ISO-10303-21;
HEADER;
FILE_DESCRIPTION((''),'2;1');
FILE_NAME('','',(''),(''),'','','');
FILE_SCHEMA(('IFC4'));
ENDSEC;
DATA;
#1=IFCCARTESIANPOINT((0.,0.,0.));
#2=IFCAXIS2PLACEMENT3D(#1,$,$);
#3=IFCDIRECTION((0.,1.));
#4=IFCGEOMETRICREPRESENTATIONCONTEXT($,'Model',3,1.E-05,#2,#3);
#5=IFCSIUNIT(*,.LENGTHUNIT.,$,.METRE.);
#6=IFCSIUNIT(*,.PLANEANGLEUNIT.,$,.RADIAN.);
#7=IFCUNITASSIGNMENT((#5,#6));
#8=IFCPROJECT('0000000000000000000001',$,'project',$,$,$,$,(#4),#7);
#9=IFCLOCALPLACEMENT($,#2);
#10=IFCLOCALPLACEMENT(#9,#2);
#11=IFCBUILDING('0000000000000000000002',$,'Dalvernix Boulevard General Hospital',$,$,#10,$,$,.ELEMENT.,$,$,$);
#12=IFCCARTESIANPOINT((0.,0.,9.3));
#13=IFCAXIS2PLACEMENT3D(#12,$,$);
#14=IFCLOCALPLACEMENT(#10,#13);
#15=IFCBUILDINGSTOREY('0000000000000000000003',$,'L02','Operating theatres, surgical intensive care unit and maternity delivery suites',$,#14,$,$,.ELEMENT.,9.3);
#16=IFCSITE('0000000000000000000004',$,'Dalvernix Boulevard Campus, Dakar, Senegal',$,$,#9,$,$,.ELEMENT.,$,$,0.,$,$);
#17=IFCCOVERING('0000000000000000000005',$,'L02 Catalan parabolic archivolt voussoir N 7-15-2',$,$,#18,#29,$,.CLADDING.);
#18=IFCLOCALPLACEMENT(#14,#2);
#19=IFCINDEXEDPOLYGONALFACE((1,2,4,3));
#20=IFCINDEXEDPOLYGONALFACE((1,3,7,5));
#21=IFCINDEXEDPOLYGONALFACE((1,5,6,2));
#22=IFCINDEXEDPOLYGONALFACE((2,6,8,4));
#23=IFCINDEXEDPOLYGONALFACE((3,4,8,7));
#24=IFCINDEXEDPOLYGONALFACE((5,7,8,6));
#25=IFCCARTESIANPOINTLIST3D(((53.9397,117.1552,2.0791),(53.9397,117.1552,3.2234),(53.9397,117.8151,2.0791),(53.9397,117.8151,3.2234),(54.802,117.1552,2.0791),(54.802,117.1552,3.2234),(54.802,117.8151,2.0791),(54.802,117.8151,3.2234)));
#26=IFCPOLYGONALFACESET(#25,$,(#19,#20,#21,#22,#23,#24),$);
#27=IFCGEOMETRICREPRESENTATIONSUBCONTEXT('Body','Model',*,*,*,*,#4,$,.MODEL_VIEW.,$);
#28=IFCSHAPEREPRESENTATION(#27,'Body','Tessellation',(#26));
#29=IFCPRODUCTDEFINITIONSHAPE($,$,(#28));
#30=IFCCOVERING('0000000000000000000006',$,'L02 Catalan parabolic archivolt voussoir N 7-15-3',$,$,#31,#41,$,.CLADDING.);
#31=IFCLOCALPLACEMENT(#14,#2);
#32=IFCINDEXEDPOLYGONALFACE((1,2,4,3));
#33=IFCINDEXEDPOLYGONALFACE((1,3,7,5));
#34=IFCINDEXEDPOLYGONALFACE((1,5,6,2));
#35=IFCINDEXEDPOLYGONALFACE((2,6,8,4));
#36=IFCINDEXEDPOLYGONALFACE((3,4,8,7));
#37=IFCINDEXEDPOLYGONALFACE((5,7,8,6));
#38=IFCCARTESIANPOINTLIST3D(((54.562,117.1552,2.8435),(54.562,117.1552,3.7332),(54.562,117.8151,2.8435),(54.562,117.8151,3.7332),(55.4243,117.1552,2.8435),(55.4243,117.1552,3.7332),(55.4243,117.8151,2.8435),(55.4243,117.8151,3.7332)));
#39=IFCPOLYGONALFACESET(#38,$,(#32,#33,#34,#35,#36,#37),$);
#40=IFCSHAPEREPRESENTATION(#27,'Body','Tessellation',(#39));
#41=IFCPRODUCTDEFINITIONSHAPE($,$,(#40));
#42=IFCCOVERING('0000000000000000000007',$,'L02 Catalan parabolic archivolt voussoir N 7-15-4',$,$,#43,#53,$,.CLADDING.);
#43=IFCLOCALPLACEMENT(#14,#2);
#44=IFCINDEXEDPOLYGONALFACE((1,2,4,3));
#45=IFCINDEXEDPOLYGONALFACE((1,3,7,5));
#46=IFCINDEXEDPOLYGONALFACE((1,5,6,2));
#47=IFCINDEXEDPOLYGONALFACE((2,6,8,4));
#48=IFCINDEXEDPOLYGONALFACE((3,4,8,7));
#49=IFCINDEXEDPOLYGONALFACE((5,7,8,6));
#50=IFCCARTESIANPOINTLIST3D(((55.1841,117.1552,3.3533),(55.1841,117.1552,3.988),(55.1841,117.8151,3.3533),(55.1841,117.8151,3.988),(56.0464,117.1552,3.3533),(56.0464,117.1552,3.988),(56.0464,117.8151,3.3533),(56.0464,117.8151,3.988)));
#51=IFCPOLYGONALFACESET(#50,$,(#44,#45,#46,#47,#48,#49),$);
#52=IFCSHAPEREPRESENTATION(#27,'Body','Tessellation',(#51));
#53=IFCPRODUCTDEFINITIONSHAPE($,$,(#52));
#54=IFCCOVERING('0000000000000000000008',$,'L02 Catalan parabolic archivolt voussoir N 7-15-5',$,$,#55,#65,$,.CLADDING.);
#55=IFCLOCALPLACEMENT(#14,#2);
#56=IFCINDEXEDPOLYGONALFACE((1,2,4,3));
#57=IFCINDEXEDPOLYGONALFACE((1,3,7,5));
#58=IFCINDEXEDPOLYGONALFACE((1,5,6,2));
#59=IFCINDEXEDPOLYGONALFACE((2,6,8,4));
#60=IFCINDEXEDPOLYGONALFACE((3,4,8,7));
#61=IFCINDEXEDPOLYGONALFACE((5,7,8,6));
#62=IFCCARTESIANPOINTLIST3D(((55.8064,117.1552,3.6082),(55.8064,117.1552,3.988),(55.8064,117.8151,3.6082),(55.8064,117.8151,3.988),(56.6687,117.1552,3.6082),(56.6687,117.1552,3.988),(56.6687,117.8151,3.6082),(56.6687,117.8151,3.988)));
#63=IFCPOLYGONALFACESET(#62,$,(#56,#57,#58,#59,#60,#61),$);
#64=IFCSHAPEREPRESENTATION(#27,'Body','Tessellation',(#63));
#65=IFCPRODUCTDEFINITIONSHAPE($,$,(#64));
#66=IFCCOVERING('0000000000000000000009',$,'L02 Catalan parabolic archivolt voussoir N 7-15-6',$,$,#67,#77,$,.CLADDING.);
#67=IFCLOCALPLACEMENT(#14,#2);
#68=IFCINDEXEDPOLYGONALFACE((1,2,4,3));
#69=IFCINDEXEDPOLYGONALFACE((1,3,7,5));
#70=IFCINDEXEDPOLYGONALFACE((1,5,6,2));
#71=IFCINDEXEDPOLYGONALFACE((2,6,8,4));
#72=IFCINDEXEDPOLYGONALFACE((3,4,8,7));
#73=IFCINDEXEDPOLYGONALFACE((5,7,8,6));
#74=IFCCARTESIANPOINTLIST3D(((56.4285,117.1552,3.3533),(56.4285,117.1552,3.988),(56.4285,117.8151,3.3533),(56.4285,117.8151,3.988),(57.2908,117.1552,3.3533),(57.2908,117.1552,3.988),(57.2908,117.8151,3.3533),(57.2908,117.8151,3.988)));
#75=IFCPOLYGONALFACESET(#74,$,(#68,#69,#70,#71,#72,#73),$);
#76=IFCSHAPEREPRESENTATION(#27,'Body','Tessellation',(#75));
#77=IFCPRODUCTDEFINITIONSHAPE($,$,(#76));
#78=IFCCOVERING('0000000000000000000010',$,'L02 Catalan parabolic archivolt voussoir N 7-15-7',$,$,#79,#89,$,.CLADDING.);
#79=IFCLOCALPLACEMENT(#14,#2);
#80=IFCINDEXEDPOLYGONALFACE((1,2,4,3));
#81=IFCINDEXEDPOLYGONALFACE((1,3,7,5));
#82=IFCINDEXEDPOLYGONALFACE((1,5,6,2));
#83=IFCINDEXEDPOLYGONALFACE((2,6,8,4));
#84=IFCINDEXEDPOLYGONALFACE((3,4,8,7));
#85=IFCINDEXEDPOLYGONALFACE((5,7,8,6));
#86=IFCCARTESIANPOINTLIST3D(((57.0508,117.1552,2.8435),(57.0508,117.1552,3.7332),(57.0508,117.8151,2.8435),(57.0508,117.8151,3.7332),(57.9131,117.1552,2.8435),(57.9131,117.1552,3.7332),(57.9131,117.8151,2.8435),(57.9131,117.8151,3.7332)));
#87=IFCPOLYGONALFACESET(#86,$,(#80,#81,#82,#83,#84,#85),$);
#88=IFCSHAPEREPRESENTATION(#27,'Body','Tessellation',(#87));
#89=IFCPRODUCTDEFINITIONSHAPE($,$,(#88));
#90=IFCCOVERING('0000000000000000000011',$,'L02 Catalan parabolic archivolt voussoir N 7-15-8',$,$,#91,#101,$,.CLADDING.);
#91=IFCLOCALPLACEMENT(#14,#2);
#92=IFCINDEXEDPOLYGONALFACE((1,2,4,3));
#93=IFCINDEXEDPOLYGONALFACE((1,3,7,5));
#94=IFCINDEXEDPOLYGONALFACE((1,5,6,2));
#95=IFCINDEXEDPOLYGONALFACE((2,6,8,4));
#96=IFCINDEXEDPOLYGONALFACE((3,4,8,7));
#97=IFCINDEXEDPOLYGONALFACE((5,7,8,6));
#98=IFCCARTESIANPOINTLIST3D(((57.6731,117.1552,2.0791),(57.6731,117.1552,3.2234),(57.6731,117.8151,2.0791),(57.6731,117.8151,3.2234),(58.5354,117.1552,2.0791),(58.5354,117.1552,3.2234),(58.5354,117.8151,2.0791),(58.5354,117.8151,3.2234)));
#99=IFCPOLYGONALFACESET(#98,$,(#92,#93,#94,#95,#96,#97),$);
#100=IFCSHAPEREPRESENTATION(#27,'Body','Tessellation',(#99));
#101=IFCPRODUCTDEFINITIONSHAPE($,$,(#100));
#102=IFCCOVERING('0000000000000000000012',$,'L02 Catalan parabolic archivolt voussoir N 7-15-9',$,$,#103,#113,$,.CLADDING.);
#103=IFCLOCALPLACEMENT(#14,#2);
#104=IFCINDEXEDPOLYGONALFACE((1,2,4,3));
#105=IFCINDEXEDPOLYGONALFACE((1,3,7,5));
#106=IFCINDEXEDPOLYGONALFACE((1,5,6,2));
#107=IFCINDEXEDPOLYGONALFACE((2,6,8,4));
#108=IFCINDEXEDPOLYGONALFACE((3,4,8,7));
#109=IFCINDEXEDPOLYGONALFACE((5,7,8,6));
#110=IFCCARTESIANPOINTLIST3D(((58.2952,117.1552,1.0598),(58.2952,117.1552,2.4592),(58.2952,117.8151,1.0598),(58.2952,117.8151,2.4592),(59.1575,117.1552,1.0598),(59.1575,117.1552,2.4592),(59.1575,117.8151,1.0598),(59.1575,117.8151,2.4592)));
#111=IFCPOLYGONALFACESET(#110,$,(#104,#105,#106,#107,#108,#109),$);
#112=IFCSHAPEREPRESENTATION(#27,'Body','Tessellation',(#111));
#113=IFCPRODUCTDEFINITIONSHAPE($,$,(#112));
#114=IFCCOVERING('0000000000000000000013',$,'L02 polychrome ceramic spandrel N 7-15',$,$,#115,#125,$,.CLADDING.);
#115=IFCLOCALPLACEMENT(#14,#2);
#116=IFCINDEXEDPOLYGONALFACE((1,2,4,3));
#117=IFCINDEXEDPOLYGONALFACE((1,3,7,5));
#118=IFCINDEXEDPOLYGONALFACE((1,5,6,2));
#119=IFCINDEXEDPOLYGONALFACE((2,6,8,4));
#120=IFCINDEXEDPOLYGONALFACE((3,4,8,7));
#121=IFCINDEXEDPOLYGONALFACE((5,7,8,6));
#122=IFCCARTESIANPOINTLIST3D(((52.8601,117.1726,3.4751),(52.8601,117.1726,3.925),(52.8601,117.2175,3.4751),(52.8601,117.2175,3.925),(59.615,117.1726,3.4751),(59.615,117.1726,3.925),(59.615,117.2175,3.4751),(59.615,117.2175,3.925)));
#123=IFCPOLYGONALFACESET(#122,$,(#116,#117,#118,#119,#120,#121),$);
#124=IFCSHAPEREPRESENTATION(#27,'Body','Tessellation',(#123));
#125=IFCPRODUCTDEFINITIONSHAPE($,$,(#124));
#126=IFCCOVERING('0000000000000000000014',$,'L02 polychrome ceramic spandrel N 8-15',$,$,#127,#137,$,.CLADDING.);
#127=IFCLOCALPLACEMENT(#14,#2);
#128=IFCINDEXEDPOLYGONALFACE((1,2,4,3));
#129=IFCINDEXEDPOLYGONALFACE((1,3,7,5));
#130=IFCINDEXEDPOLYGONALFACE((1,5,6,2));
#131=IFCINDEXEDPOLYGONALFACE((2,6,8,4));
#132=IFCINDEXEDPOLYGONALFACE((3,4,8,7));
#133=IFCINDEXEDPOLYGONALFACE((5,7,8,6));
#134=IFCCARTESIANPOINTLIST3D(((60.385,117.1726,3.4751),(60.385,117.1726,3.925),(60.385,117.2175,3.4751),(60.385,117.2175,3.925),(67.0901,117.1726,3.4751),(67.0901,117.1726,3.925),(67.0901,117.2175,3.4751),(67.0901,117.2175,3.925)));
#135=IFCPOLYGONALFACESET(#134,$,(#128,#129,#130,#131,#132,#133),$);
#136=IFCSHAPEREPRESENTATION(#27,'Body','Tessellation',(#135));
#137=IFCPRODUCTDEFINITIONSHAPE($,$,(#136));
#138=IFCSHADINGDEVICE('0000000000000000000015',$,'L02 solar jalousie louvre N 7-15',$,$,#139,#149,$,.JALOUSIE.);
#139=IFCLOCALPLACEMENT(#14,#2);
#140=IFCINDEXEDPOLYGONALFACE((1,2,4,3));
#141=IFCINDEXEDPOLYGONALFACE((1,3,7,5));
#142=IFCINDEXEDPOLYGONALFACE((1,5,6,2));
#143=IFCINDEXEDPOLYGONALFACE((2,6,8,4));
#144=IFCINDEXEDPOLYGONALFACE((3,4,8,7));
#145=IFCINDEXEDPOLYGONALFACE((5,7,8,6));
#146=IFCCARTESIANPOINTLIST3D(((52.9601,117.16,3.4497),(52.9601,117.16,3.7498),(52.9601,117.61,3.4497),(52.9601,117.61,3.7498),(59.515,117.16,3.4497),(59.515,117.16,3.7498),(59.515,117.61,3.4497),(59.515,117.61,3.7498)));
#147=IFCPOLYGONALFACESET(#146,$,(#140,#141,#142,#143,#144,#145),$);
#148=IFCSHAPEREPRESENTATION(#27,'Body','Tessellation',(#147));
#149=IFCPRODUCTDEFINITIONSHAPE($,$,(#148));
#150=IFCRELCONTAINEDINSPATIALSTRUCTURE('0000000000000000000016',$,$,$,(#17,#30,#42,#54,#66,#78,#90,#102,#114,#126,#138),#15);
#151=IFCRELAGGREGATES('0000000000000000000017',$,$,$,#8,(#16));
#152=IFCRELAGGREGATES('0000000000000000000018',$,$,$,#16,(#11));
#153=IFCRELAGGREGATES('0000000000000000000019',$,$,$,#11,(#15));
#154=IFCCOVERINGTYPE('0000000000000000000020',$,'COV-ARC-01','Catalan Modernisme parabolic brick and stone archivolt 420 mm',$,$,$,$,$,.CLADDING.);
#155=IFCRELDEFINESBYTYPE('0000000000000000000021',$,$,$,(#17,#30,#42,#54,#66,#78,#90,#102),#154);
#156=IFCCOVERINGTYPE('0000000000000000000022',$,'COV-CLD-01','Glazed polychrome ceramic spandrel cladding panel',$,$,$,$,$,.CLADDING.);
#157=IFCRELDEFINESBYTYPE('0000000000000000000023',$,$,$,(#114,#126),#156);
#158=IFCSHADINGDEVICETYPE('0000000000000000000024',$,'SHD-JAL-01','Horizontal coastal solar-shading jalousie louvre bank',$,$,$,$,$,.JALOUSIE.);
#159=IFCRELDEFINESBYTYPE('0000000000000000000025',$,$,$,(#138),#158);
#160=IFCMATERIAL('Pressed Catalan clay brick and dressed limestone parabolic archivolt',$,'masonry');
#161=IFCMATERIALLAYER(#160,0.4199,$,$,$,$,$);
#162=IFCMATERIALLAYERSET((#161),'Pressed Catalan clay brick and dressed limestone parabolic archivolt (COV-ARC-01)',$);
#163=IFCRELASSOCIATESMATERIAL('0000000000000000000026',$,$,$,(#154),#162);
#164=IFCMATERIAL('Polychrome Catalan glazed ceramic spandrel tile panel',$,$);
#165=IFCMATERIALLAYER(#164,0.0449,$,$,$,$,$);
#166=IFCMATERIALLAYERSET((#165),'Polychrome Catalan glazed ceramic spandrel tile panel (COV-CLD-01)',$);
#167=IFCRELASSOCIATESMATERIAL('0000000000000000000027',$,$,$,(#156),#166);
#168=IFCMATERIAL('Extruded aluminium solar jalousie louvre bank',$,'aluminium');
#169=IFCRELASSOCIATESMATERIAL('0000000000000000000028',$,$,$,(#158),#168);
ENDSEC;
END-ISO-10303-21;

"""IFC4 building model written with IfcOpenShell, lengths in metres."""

from ifc_helpers import new_model, si_unit, direction, frame, origin, origin_2d, place, context, subcontext, project, spatial, rectangle, extrude, material, layer, layer_set, type_object, element, save


model = new_model("IFC4")

# Units and contexts
model_context = context("Model", 3, precision=1e-05, world=origin(), true_north=direction((0.0, 1.0)))
body_context = subcontext(model_context, "Body", "Model", "MODEL_VIEW")
ifc_project = project(units=[si_unit("LENGTHUNIT", "METRE"), si_unit("PLANEANGLEUNIT", "RADIAN")], contexts=[model_context])

# Site, building, storey
site_placement = place(None, origin())
site = spatial("IfcSite", under=ifc_project, at=site_placement, Name="Dalvernix Boulevard Campus, Dakar, Senegal", CompositionType="ELEMENT", RefElevation=0.0)
building_placement = place(site_placement, origin())
building = spatial("IfcBuilding", under=site, at=building_placement, Name="Dalvernix Boulevard General Hospital", CompositionType="ELEMENT")
storey_placement = place(building_placement, frame((0.0, 0.0, 9.3)))
storey = spatial("IfcBuildingStorey", under=building, at=storey_placement, Name="L02", Description="Operating theatres, surgical intensive care unit and maternity delivery suites", CompositionType="ELEMENT", Elevation=9.3)

# Coverings
ifc_material_1 = material(Name="Pressed Catalan clay brick and dressed limestone parabolic archivolt", Category="masonry")
ifc_layer_1 = layer(ifc_material_1, 0.4199)
ifc_layer_set_1 = layer_set([ifc_layer_1], Name="Pressed Catalan clay brick and dressed limestone parabolic archivolt (COV-ARC-01)")
covering_type_1 = type_object("IfcCoveringType", Name="COV-ARC-01", Description="Catalan Modernisme parabolic brick and stone archivolt 420 mm", PredefinedType="CLADDING", material=ifc_layer_set_1)
covering_1_placement = place(storey_placement, frame((54.3708, 117.4851, 2.0791), z_axis=(0.0, 0.0, 1.0), x_axis=(1.0, 0.0, 0.0)))
element("IfcCovering", 1, at=covering_1_placement, inside=storey, type_object=covering_type_1, Name="L02 Catalan parabolic archivolt voussoir N 7-15-2", PredefinedType="CLADDING", context=body_context, shape_type="SweptSolid", body=[
    extrude(rectangle(XDim=0.8623, YDim=0.6599, at=origin_2d()), origin(), (0.0, 0.0, 1.0), 1.1443),
])
covering_2_placement = place(storey_placement, frame((54.9932, 117.4851, 2.8435), z_axis=(0.0, 0.0, 1.0), x_axis=(1.0, 0.0, 0.0)))
element("IfcCovering", 2, at=covering_2_placement, inside=storey, type_object=covering_type_1, Name="L02 Catalan parabolic archivolt voussoir N 7-15-3", PredefinedType="CLADDING", context=body_context, shape_type="SweptSolid", body=[
    extrude(rectangle(XDim=0.8623, YDim=0.6599, at=origin_2d()), origin(), (0.0, 0.0, 1.0), 0.8896),
])
covering_3_placement = place(storey_placement, frame((55.6152, 117.4851, 3.3533), z_axis=(0.0, 0.0, 1.0), x_axis=(1.0, 0.0, 0.0)))
element("IfcCovering", 3, at=covering_3_placement, inside=storey, type_object=covering_type_1, Name="L02 Catalan parabolic archivolt voussoir N 7-15-4", PredefinedType="CLADDING", context=body_context, shape_type="SweptSolid", body=[
    extrude(rectangle(XDim=0.8623, YDim=0.6599, at=origin_2d()), origin(), (0.0, 0.0, 1.0), 0.6348),
])
covering_4_placement = place(storey_placement, frame((56.2375, 117.4851, 3.6082), z_axis=(0.0, 0.0, 1.0), x_axis=(1.0, 0.0, 0.0)))
element("IfcCovering", 4, at=covering_4_placement, inside=storey, type_object=covering_type_1, Name="L02 Catalan parabolic archivolt voussoir N 7-15-5", PredefinedType="CLADDING", context=body_context, shape_type="SweptSolid", body=[
    extrude(rectangle(XDim=0.8623, YDim=0.6599, at=origin_2d()), origin(), (0.0, 0.0, 1.0), 0.3799),
])
covering_5_placement = place(storey_placement, frame((56.8596, 117.4851, 3.3533), z_axis=(0.0, 0.0, 1.0), x_axis=(1.0, 0.0, 0.0)))
element("IfcCovering", 5, at=covering_5_placement, inside=storey, type_object=covering_type_1, Name="L02 Catalan parabolic archivolt voussoir N 7-15-6", PredefinedType="CLADDING", context=body_context, shape_type="SweptSolid", body=[
    extrude(rectangle(XDim=0.8623, YDim=0.6599, at=origin_2d()), origin(), (0.0, 0.0, 1.0), 0.6348),
])
covering_6_placement = place(storey_placement, frame((57.4819, 117.4851, 2.8435), z_axis=(0.0, 0.0, 1.0), x_axis=(1.0, 0.0, 0.0)))
element("IfcCovering", 6, at=covering_6_placement, inside=storey, type_object=covering_type_1, Name="L02 Catalan parabolic archivolt voussoir N 7-15-7", PredefinedType="CLADDING", context=body_context, shape_type="SweptSolid", body=[
    extrude(rectangle(XDim=0.8623, YDim=0.6599, at=origin_2d()), origin(), (0.0, 0.0, 1.0), 0.8896),
])
covering_7_placement = place(storey_placement, frame((58.1042, 117.4851, 2.0791), z_axis=(0.0, 0.0, 1.0), x_axis=(1.0, 0.0, 0.0)))
element("IfcCovering", 7, at=covering_7_placement, inside=storey, type_object=covering_type_1, Name="L02 Catalan parabolic archivolt voussoir N 7-15-8", PredefinedType="CLADDING", context=body_context, shape_type="SweptSolid", body=[
    extrude(rectangle(XDim=0.8623, YDim=0.6599, at=origin_2d()), origin(), (0.0, 0.0, 1.0), 1.1443),
])
covering_8_placement = place(storey_placement, frame((58.7263, 117.4851, 1.0598), z_axis=(0.0, 0.0, 1.0), x_axis=(1.0, 0.0, 0.0)))
element("IfcCovering", 8, at=covering_8_placement, inside=storey, type_object=covering_type_1, Name="L02 Catalan parabolic archivolt voussoir N 7-15-9", PredefinedType="CLADDING", context=body_context, shape_type="SweptSolid", body=[
    extrude(rectangle(XDim=0.8623, YDim=0.6599, at=origin_2d()), origin(), (0.0, 0.0, 1.0), 1.3994),
])
ifc_material_2 = material(Name="Polychrome Catalan glazed ceramic spandrel tile panel")
ifc_layer_2 = layer(ifc_material_2, 0.0449)
ifc_layer_set_2 = layer_set([ifc_layer_2], Name="Polychrome Catalan glazed ceramic spandrel tile panel (COV-CLD-01)")
covering_type_2 = type_object("IfcCoveringType", Name="COV-CLD-01", Description="Glazed polychrome ceramic spandrel cladding panel", PredefinedType="CLADDING", material=ifc_layer_set_2)
covering_9_placement = place(storey_placement, frame((56.2375, 117.1951, 3.4751), z_axis=(0.0, 0.0, 1.0), x_axis=(1.0, 0.0, 0.0)))
element("IfcCovering", 9, at=covering_9_placement, inside=storey, type_object=covering_type_2, Name="L02 polychrome ceramic spandrel N 7-15", PredefinedType="CLADDING", context=body_context, shape_type="SweptSolid", body=[
    extrude(rectangle(XDim=6.7549, YDim=0.0449, at=origin_2d()), origin(), (0.0, 0.0, 1.0), 0.45),
])
covering_10_placement = place(storey_placement, frame((63.7375, 117.1951, 3.4751), z_axis=(0.0, 0.0, 1.0), x_axis=(1.0, 0.0, 0.0)))
element("IfcCovering", 10, at=covering_10_placement, inside=storey, type_object=covering_type_2, Name="L02 polychrome ceramic spandrel N 8-15", PredefinedType="CLADDING", context=body_context, shape_type="SweptSolid", body=[
    extrude(rectangle(XDim=6.7051, YDim=0.0449, at=origin_2d()), origin(), (0.0, 0.0, 1.0), 0.45),
])

# Shading device
ifc_material_3 = material(Name="Extruded aluminium solar jalousie louvre bank", Category="aluminium")
shading_device_type = type_object("IfcShadingDeviceType", Name="SHD-JAL-01", Description="Horizontal coastal solar-shading jalousie louvre bank", PredefinedType="JALOUSIE", material=ifc_material_3)
shading_device_placement = place(storey_placement, frame((56.2375, 117.385, 3.4497), z_axis=(0.0, 0.0, 1.0), x_axis=(1.0, 0.0, 0.0)))
element("IfcShadingDevice", 11, at=shading_device_placement, inside=storey, type_object=shading_device_type, Name="L02 solar jalousie louvre N 7-15", PredefinedType="JALOUSIE", context=body_context, shape_type="SweptSolid", body=[
    extrude(rectangle(XDim=6.5549, YDim=0.45, at=origin_2d()), origin(), (0.0, 0.0, 1.0), 0.3),
])

save(model, "model.ifc")
